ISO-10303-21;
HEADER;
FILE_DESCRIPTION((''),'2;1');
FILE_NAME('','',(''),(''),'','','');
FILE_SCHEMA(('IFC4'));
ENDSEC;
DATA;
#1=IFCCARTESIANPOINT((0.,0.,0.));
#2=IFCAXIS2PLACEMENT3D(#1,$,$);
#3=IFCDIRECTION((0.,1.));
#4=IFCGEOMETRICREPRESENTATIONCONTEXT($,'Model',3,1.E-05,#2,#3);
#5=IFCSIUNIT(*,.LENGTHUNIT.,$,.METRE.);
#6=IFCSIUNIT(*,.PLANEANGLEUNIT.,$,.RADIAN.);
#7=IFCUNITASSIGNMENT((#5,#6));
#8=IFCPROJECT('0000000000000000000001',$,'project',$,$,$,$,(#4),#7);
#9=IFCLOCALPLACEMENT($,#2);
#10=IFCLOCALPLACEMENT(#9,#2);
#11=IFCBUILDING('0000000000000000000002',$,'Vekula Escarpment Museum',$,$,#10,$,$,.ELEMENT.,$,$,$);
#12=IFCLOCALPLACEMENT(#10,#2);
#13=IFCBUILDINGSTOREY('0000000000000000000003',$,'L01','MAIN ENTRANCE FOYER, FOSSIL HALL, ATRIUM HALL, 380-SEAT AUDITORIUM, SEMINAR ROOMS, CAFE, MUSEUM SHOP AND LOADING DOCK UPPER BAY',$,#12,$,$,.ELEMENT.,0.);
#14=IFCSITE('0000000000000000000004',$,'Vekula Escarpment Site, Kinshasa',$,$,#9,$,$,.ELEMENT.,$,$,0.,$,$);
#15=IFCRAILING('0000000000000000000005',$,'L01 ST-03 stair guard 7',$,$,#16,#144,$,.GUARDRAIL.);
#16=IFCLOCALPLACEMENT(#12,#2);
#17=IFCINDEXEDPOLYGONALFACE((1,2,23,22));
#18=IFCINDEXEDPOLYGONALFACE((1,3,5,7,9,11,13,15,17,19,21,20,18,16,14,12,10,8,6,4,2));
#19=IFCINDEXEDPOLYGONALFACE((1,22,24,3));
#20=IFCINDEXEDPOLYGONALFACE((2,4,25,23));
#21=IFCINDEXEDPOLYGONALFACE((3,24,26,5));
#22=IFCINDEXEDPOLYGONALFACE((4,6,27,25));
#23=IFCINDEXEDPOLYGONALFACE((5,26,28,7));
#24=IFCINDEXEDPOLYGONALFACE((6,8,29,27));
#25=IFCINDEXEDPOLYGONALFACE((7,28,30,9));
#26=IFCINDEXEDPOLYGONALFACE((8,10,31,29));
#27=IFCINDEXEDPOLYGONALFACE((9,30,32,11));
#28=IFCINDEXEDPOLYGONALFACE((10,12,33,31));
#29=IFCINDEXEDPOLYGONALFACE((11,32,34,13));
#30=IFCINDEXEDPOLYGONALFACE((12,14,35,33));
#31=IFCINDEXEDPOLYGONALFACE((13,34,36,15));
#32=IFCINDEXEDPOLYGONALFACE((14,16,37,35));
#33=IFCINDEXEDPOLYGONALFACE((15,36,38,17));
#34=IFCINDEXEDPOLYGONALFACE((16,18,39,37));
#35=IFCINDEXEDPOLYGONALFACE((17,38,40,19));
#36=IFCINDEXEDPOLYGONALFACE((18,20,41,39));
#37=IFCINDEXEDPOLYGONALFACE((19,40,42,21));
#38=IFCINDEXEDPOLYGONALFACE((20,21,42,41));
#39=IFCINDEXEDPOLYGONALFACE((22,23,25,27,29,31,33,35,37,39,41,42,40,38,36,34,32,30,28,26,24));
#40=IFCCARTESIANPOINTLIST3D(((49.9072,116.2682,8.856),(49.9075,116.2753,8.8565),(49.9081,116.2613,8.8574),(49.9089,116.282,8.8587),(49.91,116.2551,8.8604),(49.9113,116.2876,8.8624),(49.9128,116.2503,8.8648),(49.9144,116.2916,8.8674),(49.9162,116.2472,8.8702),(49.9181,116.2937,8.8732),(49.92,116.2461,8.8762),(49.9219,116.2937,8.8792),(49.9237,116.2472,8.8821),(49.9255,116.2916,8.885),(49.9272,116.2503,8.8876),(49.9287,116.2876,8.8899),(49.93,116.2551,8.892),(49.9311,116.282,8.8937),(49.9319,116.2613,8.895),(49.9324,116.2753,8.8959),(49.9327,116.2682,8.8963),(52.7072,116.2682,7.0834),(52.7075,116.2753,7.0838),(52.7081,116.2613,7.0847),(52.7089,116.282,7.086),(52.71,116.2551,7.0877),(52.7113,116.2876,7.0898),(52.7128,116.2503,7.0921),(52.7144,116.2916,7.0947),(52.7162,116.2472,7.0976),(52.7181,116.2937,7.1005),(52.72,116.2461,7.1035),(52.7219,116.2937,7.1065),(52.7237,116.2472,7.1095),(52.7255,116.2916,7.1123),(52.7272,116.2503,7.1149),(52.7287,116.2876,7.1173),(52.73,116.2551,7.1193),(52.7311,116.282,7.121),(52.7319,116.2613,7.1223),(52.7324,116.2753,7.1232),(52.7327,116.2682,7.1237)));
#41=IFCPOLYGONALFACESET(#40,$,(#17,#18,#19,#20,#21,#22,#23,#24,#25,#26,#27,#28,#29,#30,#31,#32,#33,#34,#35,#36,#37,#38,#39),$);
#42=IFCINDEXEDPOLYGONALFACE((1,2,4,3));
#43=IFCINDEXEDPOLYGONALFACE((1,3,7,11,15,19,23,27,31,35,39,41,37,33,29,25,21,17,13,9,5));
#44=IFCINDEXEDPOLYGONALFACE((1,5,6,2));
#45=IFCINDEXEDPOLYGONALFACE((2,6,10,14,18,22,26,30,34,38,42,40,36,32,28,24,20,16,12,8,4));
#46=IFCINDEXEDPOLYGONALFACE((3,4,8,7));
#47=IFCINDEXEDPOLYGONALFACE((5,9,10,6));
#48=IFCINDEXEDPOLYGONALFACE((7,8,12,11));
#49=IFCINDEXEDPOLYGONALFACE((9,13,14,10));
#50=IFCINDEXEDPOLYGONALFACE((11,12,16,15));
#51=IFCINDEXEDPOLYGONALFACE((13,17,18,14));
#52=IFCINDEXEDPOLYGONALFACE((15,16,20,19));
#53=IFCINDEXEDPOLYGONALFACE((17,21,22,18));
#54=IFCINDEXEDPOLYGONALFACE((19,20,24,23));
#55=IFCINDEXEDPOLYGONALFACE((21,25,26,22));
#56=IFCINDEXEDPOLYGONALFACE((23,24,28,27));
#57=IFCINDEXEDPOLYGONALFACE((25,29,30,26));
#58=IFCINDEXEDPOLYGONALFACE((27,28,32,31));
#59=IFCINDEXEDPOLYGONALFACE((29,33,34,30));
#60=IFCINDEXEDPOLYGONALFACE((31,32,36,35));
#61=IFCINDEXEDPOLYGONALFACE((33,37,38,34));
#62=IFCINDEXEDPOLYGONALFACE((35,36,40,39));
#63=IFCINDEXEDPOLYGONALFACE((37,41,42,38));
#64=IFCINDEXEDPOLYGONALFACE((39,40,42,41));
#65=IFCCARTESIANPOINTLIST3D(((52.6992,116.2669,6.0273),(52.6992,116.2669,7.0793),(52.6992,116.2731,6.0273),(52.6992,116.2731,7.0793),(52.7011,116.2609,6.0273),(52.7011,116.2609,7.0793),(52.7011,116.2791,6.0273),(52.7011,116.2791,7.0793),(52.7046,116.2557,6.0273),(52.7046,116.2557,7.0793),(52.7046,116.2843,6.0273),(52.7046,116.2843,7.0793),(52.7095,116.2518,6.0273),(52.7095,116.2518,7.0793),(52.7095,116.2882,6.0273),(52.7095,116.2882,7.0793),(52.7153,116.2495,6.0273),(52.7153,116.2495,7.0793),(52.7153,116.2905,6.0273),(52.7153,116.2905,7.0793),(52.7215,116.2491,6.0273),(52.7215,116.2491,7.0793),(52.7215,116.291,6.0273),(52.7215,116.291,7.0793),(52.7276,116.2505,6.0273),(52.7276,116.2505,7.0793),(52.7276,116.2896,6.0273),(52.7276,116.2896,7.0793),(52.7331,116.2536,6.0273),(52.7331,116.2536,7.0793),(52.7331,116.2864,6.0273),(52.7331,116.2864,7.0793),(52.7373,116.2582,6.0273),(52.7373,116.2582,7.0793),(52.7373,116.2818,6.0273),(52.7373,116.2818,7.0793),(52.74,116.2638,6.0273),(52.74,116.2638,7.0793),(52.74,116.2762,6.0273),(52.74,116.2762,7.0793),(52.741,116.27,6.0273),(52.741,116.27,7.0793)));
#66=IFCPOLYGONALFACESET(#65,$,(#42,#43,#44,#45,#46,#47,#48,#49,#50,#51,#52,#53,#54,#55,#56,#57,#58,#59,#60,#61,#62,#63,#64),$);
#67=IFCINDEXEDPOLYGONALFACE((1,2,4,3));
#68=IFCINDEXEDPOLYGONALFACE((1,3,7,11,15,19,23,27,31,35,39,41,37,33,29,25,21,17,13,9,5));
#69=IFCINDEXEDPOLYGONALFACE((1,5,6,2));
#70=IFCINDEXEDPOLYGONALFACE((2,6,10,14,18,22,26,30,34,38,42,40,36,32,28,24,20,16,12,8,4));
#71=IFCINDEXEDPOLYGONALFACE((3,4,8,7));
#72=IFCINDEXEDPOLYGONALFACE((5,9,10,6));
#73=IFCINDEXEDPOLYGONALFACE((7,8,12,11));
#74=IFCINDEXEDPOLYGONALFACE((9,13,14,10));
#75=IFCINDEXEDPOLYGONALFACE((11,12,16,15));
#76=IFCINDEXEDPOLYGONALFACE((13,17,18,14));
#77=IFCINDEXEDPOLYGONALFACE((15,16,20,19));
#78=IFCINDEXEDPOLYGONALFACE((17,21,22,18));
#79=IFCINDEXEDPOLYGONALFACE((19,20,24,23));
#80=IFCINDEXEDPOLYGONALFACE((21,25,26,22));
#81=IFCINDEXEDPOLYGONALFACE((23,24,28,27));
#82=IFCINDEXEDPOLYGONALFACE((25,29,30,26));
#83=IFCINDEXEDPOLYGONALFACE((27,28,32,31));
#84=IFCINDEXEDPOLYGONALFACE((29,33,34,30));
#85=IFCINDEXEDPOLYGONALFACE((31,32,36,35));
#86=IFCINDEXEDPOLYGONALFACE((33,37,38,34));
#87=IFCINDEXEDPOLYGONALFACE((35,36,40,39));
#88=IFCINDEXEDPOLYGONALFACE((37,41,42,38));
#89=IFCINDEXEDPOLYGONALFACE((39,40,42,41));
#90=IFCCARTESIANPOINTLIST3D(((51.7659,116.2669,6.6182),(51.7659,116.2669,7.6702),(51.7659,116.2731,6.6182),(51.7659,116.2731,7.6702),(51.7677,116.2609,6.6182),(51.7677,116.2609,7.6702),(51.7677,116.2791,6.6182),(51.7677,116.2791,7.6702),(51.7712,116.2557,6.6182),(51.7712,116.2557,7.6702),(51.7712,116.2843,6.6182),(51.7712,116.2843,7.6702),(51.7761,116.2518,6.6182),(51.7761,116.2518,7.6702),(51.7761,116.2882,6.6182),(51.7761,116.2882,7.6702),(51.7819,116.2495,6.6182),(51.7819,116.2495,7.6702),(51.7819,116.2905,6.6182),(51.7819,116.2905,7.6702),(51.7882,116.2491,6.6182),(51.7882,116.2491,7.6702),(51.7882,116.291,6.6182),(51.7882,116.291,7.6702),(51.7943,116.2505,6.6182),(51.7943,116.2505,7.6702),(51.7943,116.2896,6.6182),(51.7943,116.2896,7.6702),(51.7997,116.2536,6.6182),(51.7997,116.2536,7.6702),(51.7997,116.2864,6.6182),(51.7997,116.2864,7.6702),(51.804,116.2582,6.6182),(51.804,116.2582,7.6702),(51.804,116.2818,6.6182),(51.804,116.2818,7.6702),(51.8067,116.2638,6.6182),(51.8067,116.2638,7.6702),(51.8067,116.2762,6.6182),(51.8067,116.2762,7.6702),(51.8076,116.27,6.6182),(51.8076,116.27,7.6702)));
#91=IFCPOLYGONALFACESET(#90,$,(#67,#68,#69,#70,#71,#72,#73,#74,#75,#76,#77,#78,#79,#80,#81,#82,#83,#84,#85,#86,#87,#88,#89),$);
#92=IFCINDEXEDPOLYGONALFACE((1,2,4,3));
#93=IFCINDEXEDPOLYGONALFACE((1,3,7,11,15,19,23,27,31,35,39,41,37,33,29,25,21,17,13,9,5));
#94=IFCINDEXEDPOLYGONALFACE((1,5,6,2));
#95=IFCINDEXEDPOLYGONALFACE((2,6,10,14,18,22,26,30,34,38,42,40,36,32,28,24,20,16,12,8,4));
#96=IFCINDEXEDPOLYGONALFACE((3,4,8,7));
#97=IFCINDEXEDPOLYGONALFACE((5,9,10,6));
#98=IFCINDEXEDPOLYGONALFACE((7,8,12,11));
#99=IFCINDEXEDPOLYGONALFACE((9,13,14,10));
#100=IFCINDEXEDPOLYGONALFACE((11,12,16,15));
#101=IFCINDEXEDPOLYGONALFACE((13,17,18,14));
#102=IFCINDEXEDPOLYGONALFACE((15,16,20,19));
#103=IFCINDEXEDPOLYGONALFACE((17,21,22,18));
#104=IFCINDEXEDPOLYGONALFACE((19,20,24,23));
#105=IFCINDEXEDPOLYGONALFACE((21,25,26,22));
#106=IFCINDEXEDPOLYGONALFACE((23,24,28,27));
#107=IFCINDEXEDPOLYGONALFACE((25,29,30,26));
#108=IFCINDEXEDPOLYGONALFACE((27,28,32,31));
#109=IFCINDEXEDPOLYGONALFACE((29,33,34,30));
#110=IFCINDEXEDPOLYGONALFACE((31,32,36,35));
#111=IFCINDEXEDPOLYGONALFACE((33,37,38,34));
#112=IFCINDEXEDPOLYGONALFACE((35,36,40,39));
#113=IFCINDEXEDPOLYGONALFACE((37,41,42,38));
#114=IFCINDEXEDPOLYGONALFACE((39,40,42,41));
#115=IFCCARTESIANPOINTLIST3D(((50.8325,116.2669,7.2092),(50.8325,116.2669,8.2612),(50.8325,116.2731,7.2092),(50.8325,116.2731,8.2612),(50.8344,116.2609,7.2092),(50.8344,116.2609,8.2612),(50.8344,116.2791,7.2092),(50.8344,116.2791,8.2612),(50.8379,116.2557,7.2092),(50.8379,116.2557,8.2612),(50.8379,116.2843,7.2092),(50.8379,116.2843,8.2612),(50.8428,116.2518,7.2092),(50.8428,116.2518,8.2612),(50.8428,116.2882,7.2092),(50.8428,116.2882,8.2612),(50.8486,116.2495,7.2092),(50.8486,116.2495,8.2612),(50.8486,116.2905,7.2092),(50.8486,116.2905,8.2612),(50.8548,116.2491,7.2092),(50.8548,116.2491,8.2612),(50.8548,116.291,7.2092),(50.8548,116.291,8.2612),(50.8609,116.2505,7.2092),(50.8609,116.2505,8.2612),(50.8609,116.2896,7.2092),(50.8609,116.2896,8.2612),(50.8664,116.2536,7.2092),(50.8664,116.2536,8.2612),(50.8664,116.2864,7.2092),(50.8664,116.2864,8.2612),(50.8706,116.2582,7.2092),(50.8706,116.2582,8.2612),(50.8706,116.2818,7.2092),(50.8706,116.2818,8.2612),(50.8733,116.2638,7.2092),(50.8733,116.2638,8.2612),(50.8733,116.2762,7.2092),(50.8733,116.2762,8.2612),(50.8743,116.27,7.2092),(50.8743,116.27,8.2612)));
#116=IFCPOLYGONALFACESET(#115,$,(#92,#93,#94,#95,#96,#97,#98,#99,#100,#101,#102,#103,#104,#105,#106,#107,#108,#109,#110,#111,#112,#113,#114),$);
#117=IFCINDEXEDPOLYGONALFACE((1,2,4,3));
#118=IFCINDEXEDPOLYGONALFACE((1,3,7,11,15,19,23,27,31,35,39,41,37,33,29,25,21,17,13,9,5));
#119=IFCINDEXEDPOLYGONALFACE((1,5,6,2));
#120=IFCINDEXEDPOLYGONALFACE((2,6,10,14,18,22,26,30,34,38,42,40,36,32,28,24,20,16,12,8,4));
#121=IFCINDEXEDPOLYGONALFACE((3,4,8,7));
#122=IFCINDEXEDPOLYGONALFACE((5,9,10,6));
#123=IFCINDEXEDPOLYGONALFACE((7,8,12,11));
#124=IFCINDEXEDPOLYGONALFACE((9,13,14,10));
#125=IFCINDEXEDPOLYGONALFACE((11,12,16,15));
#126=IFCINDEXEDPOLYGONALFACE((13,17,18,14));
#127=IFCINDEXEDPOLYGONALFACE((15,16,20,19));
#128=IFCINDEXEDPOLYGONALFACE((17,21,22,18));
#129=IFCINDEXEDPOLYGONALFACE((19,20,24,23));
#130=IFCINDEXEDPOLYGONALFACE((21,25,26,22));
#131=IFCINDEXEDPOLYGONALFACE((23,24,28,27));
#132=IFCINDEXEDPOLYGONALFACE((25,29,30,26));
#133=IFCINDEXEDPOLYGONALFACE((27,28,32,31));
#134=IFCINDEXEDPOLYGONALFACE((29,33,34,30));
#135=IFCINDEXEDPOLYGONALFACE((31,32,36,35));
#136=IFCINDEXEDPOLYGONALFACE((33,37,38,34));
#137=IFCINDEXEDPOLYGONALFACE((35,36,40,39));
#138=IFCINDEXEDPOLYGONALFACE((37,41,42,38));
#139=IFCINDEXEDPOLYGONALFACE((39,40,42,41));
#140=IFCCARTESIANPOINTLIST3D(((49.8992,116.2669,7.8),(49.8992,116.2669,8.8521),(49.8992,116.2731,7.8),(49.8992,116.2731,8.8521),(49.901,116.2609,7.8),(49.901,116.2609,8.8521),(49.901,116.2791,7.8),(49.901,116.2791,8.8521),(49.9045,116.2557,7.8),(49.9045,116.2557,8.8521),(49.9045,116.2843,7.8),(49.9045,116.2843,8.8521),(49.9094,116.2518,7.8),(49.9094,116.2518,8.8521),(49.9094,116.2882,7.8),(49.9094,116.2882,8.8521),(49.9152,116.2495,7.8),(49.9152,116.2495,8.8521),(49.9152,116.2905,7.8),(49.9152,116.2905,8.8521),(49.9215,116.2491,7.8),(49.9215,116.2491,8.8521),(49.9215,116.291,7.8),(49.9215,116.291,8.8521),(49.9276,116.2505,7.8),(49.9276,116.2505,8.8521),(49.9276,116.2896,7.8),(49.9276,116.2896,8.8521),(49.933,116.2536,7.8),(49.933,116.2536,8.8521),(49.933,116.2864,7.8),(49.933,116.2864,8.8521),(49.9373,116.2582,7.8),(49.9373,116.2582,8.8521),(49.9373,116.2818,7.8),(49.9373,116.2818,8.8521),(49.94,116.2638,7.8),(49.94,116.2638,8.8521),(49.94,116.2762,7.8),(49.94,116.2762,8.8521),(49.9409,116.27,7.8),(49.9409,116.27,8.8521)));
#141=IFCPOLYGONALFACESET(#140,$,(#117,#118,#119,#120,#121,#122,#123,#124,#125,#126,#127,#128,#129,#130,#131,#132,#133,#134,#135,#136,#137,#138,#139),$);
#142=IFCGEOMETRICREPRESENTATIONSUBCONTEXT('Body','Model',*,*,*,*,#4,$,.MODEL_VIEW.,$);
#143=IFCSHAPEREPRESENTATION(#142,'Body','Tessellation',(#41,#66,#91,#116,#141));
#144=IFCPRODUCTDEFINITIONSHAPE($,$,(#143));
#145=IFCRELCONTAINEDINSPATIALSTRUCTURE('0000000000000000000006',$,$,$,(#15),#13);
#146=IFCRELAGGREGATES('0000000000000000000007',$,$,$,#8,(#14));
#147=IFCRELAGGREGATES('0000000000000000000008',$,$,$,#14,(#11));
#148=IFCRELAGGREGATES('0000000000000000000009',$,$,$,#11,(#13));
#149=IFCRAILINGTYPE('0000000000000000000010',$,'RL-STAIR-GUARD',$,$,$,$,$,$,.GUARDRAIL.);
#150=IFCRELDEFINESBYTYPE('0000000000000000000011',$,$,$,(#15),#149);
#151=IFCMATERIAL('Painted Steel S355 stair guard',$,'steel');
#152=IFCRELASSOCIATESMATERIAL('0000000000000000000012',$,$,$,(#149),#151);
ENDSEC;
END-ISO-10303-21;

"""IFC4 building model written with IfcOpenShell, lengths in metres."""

from ifc_helpers import new_model, si_unit, direction, frame, origin, origin_2d, place, context, subcontext, project, spatial, circle, extrude, material, type_object, element, save


model = new_model("IFC4")

# Units and contexts
model_context = context("Model", 3, precision=1e-05, world=origin(), true_north=direction((0.0, 1.0)))
body_context = subcontext(model_context, "Body", "Model", "MODEL_VIEW")
ifc_project = project(units=[si_unit("LENGTHUNIT", "METRE"), si_unit("PLANEANGLEUNIT", "RADIAN")], contexts=[model_context])

# Site, building, storey
site_placement = place(None, origin())
site = spatial("IfcSite", under=ifc_project, at=site_placement, Name="Vekula Escarpment Site, Kinshasa", CompositionType="ELEMENT", RefElevation=0.0)
building_placement = place(site_placement, origin())
building = spatial("IfcBuilding", under=site, at=building_placement, Name="Vekula Escarpment Museum", CompositionType="ELEMENT")
storey_placement = place(building_placement, origin())
storey = spatial("IfcBuildingStorey", under=building, at=storey_placement, Name="L01", Description="MAIN ENTRANCE FOYER, FOSSIL HALL, ATRIUM HALL, 380-SEAT AUDITORIUM, SEMINAR ROOMS, CAFE, MUSEUM SHOP AND LOADING DOCK UPPER BAY", CompositionType="ELEMENT", Elevation=0.0)

# Railing
ifc_material_1 = material(Name="Painted Steel S355 stair guard", Category="steel")
railing_type_1 = type_object("IfcRailingType", Name="RL-STAIR-GUARD", PredefinedType="GUARDRAIL", material=ifc_material_1)
railing_1_placement = place(storey_placement, frame((52.72, 116.27, 6.0273)))
element("IfcRailing", 1, at=railing_1_placement, inside=storey, type_object=railing_type_1, Name="L01 ST-03 stair guard 7", PredefinedType="GUARDRAIL", context=body_context, shape_type="SweptSolid", body=[
    extrude(circle(Radius=0.0239, at=origin_2d()), frame((0.0, 0.0, 1.0762), z_axis=(-0.844909, 0.0, 0.53491), x_axis=(0.0, -1.0, 0.0)), (0.0, 0.0, 1.0), 3.314),
    extrude(circle(Radius=0.021, at=origin_2d()), origin(), (0.0, 0.0, 1.0), 1.052),
    extrude(circle(Radius=0.021, at=origin_2d()), frame((-0.9333, 0.0, 0.5908)), (0.0, 0.0, 1.0), 1.052),
    extrude(circle(Radius=0.021, at=origin_2d()), frame((-1.8667, 0.0, 1.1819)), (0.0, 0.0, 1.0), 1.052),
    extrude(circle(Radius=0.021, at=origin_2d()), frame((-2.8, 0.0, 1.7727)), (0.0, 0.0, 1.0), 1.052),
])

save(model, "model.ifc")
